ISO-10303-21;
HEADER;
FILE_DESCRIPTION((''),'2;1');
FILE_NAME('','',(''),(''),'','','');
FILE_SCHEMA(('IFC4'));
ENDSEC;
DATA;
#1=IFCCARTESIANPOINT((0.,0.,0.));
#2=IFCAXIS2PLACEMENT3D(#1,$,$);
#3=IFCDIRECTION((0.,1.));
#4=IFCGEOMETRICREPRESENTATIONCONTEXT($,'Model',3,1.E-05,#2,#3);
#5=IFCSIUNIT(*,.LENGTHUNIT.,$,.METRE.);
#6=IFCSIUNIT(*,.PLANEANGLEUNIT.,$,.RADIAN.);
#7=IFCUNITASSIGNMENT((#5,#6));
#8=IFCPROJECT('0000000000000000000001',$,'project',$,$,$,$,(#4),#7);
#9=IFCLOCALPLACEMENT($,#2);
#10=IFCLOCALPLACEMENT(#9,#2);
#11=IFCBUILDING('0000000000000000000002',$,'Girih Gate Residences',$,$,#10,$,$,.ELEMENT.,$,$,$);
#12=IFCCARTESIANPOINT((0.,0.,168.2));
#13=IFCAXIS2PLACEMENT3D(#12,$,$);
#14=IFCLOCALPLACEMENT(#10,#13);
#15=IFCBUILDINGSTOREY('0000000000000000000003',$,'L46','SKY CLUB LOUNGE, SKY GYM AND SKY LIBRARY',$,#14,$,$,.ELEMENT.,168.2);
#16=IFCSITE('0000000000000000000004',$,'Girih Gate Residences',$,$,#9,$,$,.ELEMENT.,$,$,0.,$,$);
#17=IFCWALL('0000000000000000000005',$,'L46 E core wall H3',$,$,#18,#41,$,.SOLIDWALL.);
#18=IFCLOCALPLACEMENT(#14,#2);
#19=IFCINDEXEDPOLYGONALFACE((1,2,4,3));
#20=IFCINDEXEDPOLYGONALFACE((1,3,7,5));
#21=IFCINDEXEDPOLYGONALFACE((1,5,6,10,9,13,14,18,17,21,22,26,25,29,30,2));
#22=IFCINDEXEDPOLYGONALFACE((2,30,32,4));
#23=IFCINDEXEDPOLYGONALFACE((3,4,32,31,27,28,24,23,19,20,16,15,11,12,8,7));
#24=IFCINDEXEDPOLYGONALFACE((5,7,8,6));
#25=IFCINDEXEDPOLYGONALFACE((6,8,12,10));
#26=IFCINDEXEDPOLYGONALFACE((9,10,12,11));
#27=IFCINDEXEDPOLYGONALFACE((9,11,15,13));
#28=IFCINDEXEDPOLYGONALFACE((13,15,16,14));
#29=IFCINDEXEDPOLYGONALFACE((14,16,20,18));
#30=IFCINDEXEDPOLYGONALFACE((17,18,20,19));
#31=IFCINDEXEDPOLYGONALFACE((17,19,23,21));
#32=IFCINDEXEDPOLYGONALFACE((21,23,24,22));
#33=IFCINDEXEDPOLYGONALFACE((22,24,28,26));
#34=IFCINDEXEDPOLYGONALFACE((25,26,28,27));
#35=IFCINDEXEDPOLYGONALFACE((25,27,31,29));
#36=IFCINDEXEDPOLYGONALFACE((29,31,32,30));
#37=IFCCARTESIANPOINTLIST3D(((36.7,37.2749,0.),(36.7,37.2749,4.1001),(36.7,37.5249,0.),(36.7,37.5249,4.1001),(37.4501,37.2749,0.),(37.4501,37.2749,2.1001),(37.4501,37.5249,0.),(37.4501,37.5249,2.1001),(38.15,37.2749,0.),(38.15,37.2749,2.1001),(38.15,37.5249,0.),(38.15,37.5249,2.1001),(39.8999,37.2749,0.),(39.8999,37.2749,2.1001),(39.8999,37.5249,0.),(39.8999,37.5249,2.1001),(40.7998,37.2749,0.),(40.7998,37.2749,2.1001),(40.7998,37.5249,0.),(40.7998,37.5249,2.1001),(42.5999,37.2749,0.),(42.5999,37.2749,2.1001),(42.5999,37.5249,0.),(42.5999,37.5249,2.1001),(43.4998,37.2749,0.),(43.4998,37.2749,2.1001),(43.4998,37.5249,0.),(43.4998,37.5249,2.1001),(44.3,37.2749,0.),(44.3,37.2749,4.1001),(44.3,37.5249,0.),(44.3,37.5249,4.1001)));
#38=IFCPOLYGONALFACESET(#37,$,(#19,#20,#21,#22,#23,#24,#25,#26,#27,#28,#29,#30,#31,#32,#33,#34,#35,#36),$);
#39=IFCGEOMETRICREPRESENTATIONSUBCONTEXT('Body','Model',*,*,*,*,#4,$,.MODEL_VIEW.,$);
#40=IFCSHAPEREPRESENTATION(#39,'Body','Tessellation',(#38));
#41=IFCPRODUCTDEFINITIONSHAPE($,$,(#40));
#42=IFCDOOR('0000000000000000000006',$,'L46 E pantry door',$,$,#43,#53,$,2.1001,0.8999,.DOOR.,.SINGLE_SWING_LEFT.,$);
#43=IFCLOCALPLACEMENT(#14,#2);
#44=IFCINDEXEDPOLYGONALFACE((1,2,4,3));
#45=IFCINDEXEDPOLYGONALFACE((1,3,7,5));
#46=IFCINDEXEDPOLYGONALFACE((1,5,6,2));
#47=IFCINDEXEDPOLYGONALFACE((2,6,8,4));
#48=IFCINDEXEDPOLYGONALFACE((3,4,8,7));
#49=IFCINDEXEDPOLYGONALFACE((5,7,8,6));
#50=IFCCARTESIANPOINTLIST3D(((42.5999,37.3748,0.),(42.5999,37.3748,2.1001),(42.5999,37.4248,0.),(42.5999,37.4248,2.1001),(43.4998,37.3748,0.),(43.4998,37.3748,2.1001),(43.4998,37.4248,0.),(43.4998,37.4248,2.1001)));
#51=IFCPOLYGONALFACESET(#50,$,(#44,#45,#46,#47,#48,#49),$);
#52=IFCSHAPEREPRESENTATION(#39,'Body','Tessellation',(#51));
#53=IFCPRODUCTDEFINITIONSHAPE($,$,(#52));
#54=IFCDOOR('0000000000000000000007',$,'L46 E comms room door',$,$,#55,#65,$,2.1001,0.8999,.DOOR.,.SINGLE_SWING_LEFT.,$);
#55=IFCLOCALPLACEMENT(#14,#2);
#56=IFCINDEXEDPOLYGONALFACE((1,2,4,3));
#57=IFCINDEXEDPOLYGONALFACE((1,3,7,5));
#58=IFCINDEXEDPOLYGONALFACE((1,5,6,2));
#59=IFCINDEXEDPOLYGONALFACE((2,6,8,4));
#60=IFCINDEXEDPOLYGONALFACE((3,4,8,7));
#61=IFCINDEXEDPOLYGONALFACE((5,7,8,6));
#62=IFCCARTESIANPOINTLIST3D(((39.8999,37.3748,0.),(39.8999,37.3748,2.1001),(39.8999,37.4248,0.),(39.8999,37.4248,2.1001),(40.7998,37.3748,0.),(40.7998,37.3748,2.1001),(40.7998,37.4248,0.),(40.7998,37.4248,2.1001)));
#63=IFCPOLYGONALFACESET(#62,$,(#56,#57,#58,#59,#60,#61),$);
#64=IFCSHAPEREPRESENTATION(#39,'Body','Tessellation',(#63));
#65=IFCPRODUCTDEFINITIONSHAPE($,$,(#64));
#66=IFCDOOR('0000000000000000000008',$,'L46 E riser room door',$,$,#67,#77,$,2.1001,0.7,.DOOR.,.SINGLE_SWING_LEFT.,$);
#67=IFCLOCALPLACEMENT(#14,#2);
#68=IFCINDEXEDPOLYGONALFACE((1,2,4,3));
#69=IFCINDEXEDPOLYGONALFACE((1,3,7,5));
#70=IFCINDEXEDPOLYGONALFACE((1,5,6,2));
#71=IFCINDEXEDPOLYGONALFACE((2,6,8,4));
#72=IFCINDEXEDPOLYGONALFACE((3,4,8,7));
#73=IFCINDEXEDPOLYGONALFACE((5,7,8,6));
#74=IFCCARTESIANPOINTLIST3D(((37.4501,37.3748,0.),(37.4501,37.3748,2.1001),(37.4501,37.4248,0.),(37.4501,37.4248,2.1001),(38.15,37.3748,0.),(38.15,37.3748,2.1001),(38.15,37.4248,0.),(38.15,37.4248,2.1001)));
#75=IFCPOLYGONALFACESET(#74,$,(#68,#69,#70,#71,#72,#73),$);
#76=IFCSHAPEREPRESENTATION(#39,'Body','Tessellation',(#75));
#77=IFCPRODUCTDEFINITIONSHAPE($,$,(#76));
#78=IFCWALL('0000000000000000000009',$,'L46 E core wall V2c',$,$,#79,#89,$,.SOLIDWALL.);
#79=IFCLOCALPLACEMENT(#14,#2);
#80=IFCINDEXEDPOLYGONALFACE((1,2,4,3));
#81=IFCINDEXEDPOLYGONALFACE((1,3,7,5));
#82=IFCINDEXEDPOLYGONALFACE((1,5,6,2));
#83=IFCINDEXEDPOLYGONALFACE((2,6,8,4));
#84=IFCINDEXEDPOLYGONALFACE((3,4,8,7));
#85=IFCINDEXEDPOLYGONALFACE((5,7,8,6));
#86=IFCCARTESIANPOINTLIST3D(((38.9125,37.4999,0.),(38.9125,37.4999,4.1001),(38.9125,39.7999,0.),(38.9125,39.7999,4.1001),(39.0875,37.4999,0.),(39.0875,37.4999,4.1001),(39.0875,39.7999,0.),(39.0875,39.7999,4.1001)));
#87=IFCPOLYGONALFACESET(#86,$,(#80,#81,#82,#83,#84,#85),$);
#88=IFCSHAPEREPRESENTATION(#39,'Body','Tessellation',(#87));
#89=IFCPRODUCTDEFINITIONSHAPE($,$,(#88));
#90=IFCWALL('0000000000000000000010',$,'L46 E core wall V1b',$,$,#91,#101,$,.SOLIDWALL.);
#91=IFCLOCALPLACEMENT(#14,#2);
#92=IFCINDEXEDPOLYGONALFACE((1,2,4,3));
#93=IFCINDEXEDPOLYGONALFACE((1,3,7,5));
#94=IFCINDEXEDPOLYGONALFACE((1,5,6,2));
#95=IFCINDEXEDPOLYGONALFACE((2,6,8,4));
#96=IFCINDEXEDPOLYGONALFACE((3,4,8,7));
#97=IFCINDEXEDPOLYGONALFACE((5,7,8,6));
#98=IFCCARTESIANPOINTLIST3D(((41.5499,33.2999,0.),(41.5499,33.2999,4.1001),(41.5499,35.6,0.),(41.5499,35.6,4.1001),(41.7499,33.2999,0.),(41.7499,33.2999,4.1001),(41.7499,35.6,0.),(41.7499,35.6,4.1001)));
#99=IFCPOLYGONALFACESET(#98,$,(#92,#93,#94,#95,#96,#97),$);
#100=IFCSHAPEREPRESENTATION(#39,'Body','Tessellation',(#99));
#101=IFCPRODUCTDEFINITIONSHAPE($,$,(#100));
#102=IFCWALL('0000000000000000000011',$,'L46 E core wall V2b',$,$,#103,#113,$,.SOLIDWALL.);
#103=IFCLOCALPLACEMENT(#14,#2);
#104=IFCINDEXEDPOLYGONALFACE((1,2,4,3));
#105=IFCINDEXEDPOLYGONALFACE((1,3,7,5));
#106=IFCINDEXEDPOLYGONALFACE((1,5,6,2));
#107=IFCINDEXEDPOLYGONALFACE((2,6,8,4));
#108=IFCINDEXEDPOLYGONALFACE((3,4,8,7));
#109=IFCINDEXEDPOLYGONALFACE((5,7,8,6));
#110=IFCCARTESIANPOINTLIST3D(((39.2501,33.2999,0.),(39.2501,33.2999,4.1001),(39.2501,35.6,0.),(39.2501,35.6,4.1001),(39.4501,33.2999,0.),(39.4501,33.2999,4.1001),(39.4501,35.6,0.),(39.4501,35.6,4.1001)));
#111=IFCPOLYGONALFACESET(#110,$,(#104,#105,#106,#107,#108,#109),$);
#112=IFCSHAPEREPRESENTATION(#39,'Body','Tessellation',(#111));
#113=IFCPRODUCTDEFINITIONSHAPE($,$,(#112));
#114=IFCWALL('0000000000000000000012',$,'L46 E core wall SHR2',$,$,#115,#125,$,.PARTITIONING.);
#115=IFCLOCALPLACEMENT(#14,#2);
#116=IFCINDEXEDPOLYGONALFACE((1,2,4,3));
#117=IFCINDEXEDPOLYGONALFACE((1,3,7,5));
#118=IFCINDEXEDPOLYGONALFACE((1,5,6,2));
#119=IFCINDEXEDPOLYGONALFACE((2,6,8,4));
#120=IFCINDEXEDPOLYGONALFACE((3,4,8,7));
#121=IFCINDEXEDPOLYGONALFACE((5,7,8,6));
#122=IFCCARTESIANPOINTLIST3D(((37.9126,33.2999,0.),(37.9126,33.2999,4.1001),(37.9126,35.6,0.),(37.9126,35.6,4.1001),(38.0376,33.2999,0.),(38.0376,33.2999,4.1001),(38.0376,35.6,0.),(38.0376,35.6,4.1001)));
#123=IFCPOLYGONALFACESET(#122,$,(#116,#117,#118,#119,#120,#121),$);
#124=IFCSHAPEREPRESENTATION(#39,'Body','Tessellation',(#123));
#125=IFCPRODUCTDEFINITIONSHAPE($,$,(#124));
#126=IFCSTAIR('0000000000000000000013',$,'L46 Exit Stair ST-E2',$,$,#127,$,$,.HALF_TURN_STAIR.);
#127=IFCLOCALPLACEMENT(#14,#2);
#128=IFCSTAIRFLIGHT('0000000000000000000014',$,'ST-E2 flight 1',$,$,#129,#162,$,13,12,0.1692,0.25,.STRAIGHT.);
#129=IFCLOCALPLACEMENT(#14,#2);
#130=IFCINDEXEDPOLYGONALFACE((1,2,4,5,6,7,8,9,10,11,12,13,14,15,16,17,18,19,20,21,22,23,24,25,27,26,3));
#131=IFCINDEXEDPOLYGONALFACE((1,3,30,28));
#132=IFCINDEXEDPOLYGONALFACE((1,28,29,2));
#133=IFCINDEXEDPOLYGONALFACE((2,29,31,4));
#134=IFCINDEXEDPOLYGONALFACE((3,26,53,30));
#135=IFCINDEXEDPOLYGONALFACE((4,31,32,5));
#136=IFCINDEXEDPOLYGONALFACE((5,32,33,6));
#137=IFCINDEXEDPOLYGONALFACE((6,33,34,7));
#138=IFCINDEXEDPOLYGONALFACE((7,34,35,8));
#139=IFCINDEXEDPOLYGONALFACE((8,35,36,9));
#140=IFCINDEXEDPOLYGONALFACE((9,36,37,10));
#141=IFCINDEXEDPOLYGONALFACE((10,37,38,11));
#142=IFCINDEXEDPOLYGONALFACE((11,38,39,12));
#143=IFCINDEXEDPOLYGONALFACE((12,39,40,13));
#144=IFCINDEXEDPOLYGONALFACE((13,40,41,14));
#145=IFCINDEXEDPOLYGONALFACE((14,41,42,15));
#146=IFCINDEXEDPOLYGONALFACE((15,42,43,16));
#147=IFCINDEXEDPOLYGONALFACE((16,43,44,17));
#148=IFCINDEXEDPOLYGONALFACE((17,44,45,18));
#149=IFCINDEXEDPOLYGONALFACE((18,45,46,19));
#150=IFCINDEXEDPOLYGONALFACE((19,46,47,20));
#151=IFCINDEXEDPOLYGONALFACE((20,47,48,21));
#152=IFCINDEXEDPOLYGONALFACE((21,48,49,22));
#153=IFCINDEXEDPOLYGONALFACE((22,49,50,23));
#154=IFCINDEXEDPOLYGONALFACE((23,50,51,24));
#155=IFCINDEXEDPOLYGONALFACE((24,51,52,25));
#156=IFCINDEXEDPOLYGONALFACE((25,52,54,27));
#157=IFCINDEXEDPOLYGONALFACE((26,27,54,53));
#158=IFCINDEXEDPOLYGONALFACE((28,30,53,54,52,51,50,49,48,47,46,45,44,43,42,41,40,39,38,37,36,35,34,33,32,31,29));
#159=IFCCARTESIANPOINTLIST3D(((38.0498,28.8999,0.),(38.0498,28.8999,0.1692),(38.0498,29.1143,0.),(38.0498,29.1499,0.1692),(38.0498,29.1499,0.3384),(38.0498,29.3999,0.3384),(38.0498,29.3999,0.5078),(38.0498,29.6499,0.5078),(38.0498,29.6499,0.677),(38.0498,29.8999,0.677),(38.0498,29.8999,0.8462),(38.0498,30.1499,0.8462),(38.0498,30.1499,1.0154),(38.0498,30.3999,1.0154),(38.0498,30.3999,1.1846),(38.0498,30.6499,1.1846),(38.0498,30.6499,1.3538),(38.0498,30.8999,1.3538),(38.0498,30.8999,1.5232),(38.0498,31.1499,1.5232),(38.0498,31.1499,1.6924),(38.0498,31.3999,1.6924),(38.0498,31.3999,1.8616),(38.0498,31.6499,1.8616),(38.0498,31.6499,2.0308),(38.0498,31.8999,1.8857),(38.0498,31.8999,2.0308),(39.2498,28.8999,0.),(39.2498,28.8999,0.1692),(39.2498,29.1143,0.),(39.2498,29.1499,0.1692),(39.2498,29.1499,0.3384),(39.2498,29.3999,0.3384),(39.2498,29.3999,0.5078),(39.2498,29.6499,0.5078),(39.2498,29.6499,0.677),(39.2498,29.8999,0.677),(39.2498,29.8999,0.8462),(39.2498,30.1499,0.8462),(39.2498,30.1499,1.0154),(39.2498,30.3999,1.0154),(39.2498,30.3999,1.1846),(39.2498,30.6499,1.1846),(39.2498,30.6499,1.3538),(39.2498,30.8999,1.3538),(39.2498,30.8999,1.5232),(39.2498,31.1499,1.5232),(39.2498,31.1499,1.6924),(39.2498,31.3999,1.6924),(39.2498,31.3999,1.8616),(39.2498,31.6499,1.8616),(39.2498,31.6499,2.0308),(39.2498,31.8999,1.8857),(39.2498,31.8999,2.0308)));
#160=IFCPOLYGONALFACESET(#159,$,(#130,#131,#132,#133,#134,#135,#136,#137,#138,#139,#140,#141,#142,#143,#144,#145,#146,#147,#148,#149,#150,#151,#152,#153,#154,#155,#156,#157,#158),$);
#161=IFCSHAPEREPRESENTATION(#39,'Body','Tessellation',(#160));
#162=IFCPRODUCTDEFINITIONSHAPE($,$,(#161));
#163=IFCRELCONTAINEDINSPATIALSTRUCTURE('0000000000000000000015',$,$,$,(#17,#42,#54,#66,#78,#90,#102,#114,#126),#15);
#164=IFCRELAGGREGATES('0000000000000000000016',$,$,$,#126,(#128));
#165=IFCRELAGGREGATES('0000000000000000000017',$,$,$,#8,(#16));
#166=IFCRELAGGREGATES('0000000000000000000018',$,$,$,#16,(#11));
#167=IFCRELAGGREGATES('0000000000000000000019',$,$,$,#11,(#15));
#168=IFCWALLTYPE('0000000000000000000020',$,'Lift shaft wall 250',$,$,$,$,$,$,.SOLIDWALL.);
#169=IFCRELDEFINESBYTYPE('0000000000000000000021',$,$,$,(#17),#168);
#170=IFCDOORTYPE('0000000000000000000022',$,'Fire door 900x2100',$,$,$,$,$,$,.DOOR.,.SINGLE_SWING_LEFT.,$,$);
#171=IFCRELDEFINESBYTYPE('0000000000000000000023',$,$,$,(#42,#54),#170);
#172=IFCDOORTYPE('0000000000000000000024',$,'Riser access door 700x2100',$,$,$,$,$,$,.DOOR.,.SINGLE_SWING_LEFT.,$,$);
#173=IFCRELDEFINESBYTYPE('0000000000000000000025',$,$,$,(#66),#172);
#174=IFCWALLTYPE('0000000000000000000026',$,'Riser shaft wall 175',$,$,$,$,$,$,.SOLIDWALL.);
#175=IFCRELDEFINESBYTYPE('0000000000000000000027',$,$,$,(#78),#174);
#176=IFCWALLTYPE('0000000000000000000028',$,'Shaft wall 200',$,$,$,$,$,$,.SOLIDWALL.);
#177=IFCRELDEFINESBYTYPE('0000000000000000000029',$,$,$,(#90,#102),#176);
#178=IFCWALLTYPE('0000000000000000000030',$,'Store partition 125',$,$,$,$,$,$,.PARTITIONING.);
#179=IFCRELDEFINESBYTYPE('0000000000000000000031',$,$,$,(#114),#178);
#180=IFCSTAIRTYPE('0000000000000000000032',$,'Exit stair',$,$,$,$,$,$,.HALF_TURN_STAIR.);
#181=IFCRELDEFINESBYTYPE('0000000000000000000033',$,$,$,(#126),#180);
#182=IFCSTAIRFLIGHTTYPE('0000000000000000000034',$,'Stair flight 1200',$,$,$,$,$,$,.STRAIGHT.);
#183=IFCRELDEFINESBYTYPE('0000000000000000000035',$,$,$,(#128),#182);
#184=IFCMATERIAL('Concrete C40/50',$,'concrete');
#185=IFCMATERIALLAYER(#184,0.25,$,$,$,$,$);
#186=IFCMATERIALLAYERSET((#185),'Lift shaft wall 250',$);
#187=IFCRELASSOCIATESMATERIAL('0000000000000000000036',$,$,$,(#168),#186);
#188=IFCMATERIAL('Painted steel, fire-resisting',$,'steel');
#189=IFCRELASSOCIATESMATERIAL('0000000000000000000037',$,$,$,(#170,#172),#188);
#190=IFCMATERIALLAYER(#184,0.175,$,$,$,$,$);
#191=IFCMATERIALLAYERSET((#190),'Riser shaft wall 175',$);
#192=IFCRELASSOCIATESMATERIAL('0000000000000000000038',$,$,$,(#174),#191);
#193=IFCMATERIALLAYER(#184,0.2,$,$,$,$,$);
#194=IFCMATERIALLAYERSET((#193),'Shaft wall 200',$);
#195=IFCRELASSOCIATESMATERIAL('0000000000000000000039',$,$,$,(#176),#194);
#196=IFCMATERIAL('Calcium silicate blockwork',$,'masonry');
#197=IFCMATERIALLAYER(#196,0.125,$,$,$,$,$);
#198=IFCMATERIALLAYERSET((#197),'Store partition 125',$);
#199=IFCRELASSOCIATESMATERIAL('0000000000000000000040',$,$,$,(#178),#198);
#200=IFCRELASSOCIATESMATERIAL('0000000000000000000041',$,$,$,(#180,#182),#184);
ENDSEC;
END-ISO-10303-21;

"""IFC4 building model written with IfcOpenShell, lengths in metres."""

from ifc_helpers import new_model, si_unit, direction, frame, frame_2d, origin, place, context, subcontext, project, spatial, polyline, rectangle, outline, extrude, material, layer, layer_set, type_object, element, fill, aggregate, save


model = new_model("IFC4")

# Units and contexts
model_context = context("Model", 3, precision=1e-05, world=origin(), true_north=direction((0.0, 1.0)))
body_context = subcontext(model_context, "Body", "Model", "MODEL_VIEW")
ifc_project = project(units=[si_unit("LENGTHUNIT", "METRE"), si_unit("PLANEANGLEUNIT", "RADIAN")], contexts=[model_context])

# Site, building, storey
site_placement = place(None, origin())
site = spatial("IfcSite", under=ifc_project, at=site_placement, Name="Girih Gate Residences", CompositionType="ELEMENT", RefElevation=0.0)
building_placement = place(site_placement, origin())
building = spatial("IfcBuilding", under=site, at=building_placement, Name="Girih Gate Residences", CompositionType="ELEMENT")
storey_placement = place(building_placement, frame((0.0, 0.0, 168.2)))
storey = spatial("IfcBuildingStorey", under=building, at=storey_placement, Name="L46", Description="SKY CLUB LOUNGE, SKY GYM AND SKY LIBRARY", CompositionType="ELEMENT", Elevation=168.2)

# Shared definitions
ifc_material_1 = material(Name="Concrete C40/50", Category="concrete")
ifc_layer_1 = layer(ifc_material_1, 0.25)
ifc_layer_set_1 = layer_set([ifc_layer_1], Name="Lift shaft wall 250")
wall_type_1 = type_object("IfcWallType", Name="Lift shaft wall 250", PredefinedType="SOLIDWALL", material=ifc_layer_set_1)

# Wall, openings, doors
ifc_material_2 = material(Name="Painted steel, fire-resisting", Category="steel")
door_type_1 = type_object("IfcDoorType", Name="Fire door 900x2100", OperationType="SINGLE_SWING_LEFT", PredefinedType="DOOR", material=ifc_material_2)
wall_1_placement = place(storey_placement, frame((36.7, 37.3999, 0.0), z_axis=(0.0, 0.0, 1.0), x_axis=(1.0, 0.0, 0.0)))
wall_1 = element("IfcWall", 1, at=wall_1_placement, inside=storey, type_object=wall_type_1, Name="L46 E core wall H3", PredefinedType="SOLIDWALL", context=body_context, shape_type="SweptSolid", body=[
    extrude(rectangle(XDim=7.6001, YDim=0.25, at=frame_2d((3.8, 0.0))), origin(), (0.0, 0.0, 1.0), 4.1001),
])
opening_1_placement = place(wall_1_placement, frame((0.75, 0.0, 0.0)))
opening_1 = element("IfcOpeningElement", 2, at=opening_1_placement, cuts=wall_1, PredefinedType="OPENING", context=body_context, shape_type="SweptSolid", body=[
    extrude(rectangle(XDim=0.7, YDim=2.1001, at=frame_2d((0.3501, 1.05))), frame((0.0, 0.135, 0.0), z_axis=(0.0, -1.0, 0.0), x_axis=(1.0, 0.0, 0.0)), (0.0, 0.0, 1.0), 0.27),
])
opening_2_placement = place(wall_1_placement, frame((5.8999, 0.0, 0.0)))
opening_2 = element("IfcOpeningElement", 3, at=opening_2_placement, cuts=wall_1, PredefinedType="OPENING", context=body_context, shape_type="SweptSolid", body=[
    extrude(rectangle(XDim=0.8999, YDim=2.1001, at=frame_2d((0.45, 1.05))), frame((0.0, 0.135, 0.0), z_axis=(0.0, -1.0, 0.0), x_axis=(1.0, 0.0, 0.0)), (0.0, 0.0, 1.0), 0.27),
])
opening_3_placement = place(wall_1_placement, frame((3.2, 0.0, 0.0)))
opening_3 = element("IfcOpeningElement", 4, at=opening_3_placement, cuts=wall_1, PredefinedType="OPENING", context=body_context, shape_type="SweptSolid", body=[
    extrude(rectangle(XDim=0.8999, YDim=2.1001, at=frame_2d((0.45, 1.05))), frame((0.0, 0.135, 0.0), z_axis=(0.0, -1.0, 0.0), x_axis=(1.0, 0.0, 0.0)), (0.0, 0.0, 1.0), 0.27),
])
door_1_placement = place(opening_2_placement, origin())
door_1 = element("IfcDoor", 5, at=door_1_placement, inside=storey, type_object=door_type_1, Name="L46 E pantry door", OperationType="SINGLE_SWING_LEFT", OverallHeight=2.1001, OverallWidth=0.8999, PredefinedType="DOOR", context=body_context, shape_type="SweptSolid", body=[
    extrude(rectangle(XDim=0.8999, YDim=2.1001, at=frame_2d((0.45, 1.05))), frame((0.0, 0.0249, 0.0), z_axis=(0.0, -1.0, 0.0), x_axis=(1.0, 0.0, 0.0)), (0.0, 0.0, 1.0), 0.05),
])
fill(opening_2, door_1)
door_2_placement = place(opening_3_placement, origin())
door_2 = element("IfcDoor", 6, at=door_2_placement, inside=storey, type_object=door_type_1, Name="L46 E comms room door", OperationType="SINGLE_SWING_LEFT", OverallHeight=2.1001, OverallWidth=0.8999, PredefinedType="DOOR", context=body_context, shape_type="SweptSolid", body=[
    extrude(rectangle(XDim=0.8999, YDim=2.1001, at=frame_2d((0.45, 1.05))), frame((0.0, 0.0249, 0.0), z_axis=(0.0, -1.0, 0.0), x_axis=(1.0, 0.0, 0.0)), (0.0, 0.0, 1.0), 0.05),
])
fill(opening_3, door_2)
door_type_2 = type_object("IfcDoorType", Name="Riser access door 700x2100", OperationType="SINGLE_SWING_LEFT", PredefinedType="DOOR", material=ifc_material_2)
door_3_placement = place(opening_1_placement, origin())
door_3 = element("IfcDoor", 7, at=door_3_placement, inside=storey, type_object=door_type_2, Name="L46 E riser room door", OperationType="SINGLE_SWING_LEFT", OverallHeight=2.1001, OverallWidth=0.7, PredefinedType="DOOR", context=body_context, shape_type="SweptSolid", body=[
    extrude(rectangle(XDim=0.7, YDim=2.1001, at=frame_2d((0.3501, 1.05))), frame((0.0, 0.0249, 0.0), z_axis=(0.0, -1.0, 0.0), x_axis=(1.0, 0.0, 0.0)), (0.0, 0.0, 1.0), 0.05),
])
fill(opening_1, door_3)

# Walls
ifc_layer_2 = layer(ifc_material_1, 0.175)
ifc_layer_set_2 = layer_set([ifc_layer_2], Name="Riser shaft wall 175")
wall_type_2 = type_object("IfcWallType", Name="Riser shaft wall 175", PredefinedType="SOLIDWALL", material=ifc_layer_set_2)
wall_2_placement = place(storey_placement, frame((39.0, 37.5, 0.0), z_axis=(0.0, 0.0, 1.0), x_axis=(0.0, 1.0, 0.0)))
element("IfcWall", 8, at=wall_2_placement, inside=storey, type_object=wall_type_2, Name="L46 E core wall V2c", PredefinedType="SOLIDWALL", context=body_context, shape_type="SweptSolid", body=[
    extrude(rectangle(XDim=2.3, YDim=0.175, at=frame_2d((1.1499, 0.0))), origin(), (0.0, 0.0, 1.0), 4.1001),
])
ifc_layer_3 = layer(ifc_material_1, 0.2)
ifc_layer_set_3 = layer_set([ifc_layer_3], Name="Shaft wall 200")
wall_type_3 = type_object("IfcWallType", Name="Shaft wall 200", PredefinedType="SOLIDWALL", material=ifc_layer_set_3)
for number, where, z_axis, x_axis, name in (
    (9, (41.6499, 33.3, 0.0), (0.0, 0.0, 1.0), (0.0, 1.0, 0.0), "L46 E core wall V1b"),
    (10, (39.3501, 33.3, 0.0), (0.0, 0.0, 1.0), (0.0, 1.0, 0.0), "L46 E core wall V2b"),
):
    element("IfcWall", number, at=place(storey_placement, frame(where, z_axis=z_axis, x_axis=x_axis)), inside=storey, type_object=wall_type_3, Name=name, PredefinedType="SOLIDWALL", context=body_context, shape_type="SweptSolid", body=[
        extrude(rectangle(XDim=2.3, YDim=0.2, at=frame_2d((1.1499, 0.0))), origin(), (0.0, 0.0, 1.0), 4.1001),
    ])
ifc_material_3 = material(Name="Calcium silicate blockwork", Category="masonry")
ifc_layer_4 = layer(ifc_material_3, 0.125)
ifc_layer_set_4 = layer_set([ifc_layer_4], Name="Store partition 125")
wall_type_4 = type_object("IfcWallType", Name="Store partition 125", PredefinedType="PARTITIONING", material=ifc_layer_set_4)
wall_3_placement = place(storey_placement, frame((37.9751, 33.3, 0.0), z_axis=(0.0, 0.0, 1.0), x_axis=(0.0, 1.0, 0.0)))
element("IfcWall", 11, at=wall_3_placement, inside=storey, type_object=wall_type_4, Name="L46 E core wall SHR2", PredefinedType="PARTITIONING", context=body_context, shape_type="SweptSolid", body=[
    extrude(rectangle(XDim=2.3, YDim=0.125, at=frame_2d((1.1499, 0.0))), origin(), (0.0, 0.0, 1.0), 4.1001),
])

# Stair, stair flight
stair_type = type_object("IfcStairType", Name="Exit stair", PredefinedType="HALF_TURN_STAIR", material=ifc_material_1)
stair_placement = place(storey_placement, origin())
stair = element("IfcStair", 12, at=stair_placement, inside=storey, type_object=stair_type, Name="L46 Exit Stair ST-E2", PredefinedType="HALF_TURN_STAIR")
stair_flight_type = type_object("IfcStairFlightType", Name="Stair flight 1200", PredefinedType="STRAIGHT", material=ifc_material_1)
stair_flight_1_placement = place(storey_placement, frame((38.6499, 28.8999, 0.0), z_axis=(0.0, 0.0, 1.0), x_axis=(0.0, 1.0, 0.0)))
stair_flight_1 = element("IfcStairFlight", 13, at=stair_flight_1_placement, type_object=stair_flight_type, Name="ST-E2 flight 1", NumberOfRisers=13, NumberOfTreads=12, PredefinedType="STRAIGHT", RiserHeight=0.1692, TreadLength=0.25, context=body_context, shape_type="SweptSolid", body=[
    extrude(outline(polyline([(0.0, 0.0), (0.0, 0.1692), (0.25, 0.1692), (0.25, 0.3384), (0.5, 0.3384), (0.5, 0.5078), (0.75, 0.5078), (0.75, 0.677), (1.0, 0.677), (1.0, 0.8462), (1.25, 0.8462), (1.25, 1.0154), (1.5, 1.0154), (1.5, 1.1846), (1.75, 1.1846), (1.75, 1.3538), (2.0, 1.3538), (2.0, 1.5232), (2.25, 1.5232), (2.25, 1.6924), (2.5, 1.6924), (2.5, 1.8616), (2.75, 1.8616), (2.75, 2.0308), (3.0, 2.0308), (3.0, 2.2), (3.0, 1.8857), (0.2144, 0.0), (0.0, 0.0)])), frame((0.0, 0.6001, 0.0), z_axis=(0.0, -1.0, 0.0), x_axis=(1.0, 0.0, 0.0)), (0.0, 0.0, 1.0), 1.2),
])
aggregate(stair, [stair_flight_1])

save(model, "model.ifc")
